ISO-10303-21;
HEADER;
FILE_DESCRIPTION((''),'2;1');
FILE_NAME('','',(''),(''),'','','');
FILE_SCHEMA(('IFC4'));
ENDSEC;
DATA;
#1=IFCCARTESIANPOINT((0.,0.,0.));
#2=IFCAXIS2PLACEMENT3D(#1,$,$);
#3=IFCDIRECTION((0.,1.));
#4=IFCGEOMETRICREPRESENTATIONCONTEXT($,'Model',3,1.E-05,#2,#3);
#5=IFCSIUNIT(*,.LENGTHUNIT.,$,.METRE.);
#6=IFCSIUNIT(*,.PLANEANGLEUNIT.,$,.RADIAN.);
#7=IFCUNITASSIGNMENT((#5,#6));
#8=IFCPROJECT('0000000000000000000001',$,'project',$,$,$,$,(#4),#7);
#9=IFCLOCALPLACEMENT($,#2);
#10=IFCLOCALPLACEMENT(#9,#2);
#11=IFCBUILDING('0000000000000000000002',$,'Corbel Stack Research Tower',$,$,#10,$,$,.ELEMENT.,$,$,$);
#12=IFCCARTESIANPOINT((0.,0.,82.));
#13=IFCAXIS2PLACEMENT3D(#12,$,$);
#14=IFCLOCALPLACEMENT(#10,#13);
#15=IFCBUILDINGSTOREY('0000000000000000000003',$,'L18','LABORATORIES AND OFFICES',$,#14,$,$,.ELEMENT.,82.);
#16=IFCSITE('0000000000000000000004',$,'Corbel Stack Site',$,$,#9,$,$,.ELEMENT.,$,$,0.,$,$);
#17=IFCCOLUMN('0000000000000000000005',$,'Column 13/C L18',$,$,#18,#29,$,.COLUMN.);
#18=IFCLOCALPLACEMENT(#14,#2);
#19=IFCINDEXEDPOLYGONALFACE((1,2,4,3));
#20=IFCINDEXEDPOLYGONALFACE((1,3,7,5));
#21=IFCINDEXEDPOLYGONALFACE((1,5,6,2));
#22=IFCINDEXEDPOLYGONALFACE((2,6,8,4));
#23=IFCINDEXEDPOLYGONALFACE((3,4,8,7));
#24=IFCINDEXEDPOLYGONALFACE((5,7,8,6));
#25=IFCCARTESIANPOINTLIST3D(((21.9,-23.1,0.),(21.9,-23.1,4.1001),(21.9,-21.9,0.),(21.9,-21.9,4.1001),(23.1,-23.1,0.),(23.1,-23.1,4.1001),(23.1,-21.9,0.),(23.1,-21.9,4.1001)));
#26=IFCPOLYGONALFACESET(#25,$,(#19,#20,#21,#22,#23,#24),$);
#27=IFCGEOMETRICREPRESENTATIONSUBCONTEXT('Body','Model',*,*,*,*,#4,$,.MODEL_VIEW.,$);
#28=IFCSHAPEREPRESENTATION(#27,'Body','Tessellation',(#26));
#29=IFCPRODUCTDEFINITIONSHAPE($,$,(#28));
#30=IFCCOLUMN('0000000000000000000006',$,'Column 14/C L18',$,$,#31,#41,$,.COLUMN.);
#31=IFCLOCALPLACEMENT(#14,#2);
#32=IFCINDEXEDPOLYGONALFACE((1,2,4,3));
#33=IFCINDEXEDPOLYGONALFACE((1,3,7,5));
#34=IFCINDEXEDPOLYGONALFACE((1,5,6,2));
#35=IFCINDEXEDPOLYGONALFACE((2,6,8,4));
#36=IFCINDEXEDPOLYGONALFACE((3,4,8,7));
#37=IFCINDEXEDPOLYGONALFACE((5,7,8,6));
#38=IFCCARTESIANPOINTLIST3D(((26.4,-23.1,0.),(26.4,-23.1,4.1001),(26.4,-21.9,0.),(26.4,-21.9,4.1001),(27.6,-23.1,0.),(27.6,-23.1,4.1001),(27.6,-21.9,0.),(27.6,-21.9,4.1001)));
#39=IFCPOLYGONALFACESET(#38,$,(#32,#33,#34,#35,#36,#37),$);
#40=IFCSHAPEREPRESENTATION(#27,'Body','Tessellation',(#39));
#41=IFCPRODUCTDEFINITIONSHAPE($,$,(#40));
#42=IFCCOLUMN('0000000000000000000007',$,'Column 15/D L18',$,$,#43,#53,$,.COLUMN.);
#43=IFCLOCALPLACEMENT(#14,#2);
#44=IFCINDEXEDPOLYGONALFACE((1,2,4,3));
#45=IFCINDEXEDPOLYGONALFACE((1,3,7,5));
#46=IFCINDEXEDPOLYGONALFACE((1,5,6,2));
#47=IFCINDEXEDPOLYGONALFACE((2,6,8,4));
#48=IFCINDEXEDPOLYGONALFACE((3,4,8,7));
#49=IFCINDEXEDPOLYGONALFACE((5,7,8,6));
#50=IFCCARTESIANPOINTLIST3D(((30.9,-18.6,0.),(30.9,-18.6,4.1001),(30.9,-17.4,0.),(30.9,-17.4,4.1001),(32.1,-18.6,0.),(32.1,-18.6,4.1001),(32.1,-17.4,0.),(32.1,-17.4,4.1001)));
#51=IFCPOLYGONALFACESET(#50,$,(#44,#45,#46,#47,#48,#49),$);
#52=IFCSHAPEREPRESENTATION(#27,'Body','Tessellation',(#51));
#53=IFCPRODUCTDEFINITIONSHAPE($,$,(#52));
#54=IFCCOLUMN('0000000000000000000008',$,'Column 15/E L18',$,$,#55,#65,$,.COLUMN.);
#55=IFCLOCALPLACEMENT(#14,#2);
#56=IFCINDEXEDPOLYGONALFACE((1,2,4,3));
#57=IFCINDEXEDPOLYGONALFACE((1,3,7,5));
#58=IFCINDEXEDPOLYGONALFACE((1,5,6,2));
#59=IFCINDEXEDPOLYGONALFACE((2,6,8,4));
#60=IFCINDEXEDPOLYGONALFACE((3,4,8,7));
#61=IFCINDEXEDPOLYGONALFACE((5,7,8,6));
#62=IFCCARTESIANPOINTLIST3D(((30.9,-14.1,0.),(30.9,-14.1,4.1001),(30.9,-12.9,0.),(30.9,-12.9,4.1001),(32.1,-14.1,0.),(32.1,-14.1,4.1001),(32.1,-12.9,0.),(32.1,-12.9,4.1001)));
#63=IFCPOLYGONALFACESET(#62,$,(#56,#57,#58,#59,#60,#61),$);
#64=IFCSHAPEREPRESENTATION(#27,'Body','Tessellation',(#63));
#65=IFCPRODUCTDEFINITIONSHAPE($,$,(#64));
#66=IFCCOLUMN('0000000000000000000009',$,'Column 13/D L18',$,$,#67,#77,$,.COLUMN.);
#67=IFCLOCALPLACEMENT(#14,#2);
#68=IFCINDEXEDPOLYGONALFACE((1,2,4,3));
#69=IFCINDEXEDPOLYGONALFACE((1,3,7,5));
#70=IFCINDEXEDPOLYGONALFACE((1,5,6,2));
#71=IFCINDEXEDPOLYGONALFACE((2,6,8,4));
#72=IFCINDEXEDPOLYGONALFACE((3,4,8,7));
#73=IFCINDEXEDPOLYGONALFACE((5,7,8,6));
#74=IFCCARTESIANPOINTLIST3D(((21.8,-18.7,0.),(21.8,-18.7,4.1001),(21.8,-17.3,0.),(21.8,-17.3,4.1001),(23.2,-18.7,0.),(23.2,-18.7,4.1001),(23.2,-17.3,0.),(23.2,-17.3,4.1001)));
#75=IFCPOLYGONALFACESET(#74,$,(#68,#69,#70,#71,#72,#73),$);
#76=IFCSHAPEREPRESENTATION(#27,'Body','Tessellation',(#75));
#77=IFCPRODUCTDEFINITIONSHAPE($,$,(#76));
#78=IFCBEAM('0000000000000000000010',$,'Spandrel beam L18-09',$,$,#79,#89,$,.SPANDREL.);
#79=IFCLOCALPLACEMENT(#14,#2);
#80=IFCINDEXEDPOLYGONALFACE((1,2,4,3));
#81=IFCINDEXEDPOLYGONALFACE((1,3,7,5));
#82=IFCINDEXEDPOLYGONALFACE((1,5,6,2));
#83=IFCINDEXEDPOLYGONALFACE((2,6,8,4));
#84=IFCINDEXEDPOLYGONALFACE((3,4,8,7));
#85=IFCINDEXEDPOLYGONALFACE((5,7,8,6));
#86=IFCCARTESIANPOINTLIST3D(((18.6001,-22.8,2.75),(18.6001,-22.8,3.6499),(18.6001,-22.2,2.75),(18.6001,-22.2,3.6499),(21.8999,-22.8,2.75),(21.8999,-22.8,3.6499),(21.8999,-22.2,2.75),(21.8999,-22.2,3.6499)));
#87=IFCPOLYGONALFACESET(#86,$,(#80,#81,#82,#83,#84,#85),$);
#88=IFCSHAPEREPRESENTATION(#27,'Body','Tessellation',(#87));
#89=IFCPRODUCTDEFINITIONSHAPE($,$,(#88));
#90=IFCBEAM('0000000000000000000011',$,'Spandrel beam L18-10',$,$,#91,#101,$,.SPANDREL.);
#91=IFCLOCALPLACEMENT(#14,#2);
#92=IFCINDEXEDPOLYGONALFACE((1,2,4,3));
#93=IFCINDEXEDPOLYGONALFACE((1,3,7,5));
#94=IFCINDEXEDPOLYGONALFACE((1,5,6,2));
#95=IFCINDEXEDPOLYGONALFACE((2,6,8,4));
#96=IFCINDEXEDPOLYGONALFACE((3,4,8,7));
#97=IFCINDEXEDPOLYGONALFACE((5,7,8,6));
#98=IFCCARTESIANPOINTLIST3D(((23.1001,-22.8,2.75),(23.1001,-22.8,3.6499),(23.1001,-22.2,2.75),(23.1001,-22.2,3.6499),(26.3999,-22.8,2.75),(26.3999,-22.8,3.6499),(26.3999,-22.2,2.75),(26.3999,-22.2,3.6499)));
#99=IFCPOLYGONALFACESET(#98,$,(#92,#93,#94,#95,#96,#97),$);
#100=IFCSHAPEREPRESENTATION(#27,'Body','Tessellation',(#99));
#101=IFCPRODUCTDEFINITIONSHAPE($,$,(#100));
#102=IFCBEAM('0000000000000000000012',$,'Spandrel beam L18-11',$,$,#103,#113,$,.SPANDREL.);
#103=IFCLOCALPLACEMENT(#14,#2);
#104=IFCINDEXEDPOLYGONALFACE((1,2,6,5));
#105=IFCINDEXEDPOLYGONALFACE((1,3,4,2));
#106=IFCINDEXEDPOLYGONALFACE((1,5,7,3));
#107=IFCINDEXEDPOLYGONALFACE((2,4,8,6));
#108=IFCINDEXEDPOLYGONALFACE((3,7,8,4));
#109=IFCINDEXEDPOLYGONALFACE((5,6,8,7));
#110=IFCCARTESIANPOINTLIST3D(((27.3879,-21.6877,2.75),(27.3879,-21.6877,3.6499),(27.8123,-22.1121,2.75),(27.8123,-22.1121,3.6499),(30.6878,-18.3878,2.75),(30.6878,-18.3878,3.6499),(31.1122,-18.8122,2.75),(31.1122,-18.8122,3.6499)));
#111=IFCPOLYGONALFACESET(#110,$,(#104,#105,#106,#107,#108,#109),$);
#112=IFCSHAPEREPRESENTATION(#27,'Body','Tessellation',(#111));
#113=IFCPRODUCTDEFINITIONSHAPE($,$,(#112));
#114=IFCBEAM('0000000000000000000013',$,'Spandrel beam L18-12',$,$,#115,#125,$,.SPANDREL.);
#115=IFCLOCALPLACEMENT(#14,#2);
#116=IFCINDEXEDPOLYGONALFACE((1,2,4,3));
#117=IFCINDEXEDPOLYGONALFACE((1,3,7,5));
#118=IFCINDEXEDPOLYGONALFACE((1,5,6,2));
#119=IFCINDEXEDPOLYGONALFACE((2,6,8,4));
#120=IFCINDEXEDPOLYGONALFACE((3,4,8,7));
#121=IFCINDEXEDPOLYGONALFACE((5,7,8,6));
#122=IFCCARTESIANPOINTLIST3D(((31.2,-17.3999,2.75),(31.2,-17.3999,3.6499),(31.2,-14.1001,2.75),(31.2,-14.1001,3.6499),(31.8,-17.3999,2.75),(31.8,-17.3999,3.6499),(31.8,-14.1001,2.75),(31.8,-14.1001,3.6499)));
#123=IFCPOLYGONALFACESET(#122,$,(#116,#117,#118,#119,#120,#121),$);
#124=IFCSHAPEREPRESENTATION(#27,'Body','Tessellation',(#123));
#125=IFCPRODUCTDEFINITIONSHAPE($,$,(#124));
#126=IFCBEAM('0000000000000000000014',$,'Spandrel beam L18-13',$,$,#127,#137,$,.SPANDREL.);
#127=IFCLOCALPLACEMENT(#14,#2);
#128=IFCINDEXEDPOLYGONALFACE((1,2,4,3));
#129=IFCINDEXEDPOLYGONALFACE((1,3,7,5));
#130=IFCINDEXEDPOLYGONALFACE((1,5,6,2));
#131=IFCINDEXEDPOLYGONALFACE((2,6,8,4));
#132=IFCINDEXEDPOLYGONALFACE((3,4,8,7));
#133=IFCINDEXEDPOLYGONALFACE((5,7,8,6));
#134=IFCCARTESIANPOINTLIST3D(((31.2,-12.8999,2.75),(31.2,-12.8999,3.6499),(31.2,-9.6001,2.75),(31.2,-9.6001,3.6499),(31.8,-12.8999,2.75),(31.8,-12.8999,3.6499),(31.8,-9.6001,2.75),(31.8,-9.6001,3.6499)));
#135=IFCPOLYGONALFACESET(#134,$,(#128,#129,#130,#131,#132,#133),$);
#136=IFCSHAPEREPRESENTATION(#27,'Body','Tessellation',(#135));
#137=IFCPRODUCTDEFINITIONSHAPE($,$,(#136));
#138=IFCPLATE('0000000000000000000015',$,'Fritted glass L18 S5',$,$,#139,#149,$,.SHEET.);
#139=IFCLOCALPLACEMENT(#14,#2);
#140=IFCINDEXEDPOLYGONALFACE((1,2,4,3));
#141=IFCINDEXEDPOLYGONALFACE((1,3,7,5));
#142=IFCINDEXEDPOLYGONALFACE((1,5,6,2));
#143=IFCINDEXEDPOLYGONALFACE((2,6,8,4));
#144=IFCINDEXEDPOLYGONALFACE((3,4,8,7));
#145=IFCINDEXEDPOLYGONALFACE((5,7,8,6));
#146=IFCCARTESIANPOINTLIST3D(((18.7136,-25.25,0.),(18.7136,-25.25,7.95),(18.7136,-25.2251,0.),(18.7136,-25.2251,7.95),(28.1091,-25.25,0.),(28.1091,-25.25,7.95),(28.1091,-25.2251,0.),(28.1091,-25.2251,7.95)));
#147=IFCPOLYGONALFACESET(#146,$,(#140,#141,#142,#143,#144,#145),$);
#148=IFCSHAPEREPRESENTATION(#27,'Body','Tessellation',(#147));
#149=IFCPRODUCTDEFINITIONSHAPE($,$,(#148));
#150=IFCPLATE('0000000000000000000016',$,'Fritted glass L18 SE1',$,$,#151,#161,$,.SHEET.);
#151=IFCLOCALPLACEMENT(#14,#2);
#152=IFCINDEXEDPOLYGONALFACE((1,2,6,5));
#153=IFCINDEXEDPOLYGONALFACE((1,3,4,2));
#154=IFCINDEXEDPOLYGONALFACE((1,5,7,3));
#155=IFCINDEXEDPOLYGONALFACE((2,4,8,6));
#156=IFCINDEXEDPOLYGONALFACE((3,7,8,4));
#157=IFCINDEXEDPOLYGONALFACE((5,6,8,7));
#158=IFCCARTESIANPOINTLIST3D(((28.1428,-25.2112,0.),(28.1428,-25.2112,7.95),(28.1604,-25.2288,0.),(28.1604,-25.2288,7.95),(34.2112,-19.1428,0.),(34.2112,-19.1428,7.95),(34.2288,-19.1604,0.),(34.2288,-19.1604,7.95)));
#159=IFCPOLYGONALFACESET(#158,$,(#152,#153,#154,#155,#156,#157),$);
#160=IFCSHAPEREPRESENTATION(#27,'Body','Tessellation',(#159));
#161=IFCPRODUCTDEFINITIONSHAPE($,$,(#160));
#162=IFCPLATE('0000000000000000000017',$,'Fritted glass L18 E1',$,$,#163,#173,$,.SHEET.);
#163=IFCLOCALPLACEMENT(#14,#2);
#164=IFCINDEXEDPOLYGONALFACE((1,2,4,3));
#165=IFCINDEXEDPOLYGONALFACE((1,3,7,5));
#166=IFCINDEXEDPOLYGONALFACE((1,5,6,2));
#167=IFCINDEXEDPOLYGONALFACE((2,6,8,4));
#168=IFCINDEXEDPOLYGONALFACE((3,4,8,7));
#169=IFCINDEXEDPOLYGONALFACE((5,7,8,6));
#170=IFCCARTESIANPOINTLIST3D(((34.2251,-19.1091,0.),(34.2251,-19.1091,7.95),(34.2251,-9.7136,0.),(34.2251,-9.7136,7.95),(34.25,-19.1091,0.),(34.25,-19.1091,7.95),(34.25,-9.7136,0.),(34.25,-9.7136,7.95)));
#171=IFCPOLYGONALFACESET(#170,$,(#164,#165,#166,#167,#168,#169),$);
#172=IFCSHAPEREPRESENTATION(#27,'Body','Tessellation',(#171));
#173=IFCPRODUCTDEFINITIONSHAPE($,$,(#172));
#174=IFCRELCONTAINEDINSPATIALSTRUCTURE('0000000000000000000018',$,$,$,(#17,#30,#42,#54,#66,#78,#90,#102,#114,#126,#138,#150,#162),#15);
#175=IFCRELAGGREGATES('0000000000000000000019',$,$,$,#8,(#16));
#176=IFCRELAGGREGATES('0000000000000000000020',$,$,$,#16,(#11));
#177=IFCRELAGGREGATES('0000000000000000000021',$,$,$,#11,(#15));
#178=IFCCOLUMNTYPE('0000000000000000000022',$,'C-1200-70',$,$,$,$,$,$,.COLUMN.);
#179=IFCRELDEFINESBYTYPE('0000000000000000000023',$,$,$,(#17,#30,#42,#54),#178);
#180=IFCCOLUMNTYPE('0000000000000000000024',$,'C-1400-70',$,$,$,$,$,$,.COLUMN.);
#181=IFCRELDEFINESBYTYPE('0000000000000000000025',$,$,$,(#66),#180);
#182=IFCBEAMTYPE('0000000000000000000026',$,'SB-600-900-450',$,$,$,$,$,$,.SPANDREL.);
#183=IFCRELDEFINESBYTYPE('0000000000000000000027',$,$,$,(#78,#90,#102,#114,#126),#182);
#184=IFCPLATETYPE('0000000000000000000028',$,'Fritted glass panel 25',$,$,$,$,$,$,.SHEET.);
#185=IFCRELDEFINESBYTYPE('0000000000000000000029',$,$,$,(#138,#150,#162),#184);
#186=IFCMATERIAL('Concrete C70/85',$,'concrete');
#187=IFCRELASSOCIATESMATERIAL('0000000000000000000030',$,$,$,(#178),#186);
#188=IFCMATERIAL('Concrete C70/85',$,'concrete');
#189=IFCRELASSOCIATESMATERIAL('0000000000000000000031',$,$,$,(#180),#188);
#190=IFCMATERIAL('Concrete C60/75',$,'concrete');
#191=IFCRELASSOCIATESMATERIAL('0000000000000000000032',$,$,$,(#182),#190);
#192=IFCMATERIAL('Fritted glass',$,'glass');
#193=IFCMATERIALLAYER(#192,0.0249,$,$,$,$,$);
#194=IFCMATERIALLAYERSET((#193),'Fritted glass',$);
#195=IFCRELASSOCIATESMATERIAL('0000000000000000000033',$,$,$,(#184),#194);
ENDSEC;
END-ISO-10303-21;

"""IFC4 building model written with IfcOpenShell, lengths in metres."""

from ifc_helpers import new_model, si_unit, direction, frame, origin, origin_2d, place, context, subcontext, project, spatial, rectangle, extrude, material, layer, layer_set, material_profile, profile_set, type_object, element, save


model = new_model("IFC4")

# Units and contexts
model_context = context("Model", 3, precision=1e-05, world=origin(), true_north=direction((0.0, 1.0)))
body_context = subcontext(model_context, "Body", "Model", "MODEL_VIEW")
ifc_project = project(units=[si_unit("LENGTHUNIT", "METRE"), si_unit("PLANEANGLEUNIT", "RADIAN")], contexts=[model_context])

# Site, building, storey
site_placement = place(None, origin())
site = spatial("IfcSite", under=ifc_project, at=site_placement, Name="Corbel Stack Site", CompositionType="ELEMENT", RefElevation=0.0)
building_placement = place(site_placement, origin())
building = spatial("IfcBuilding", under=site, at=building_placement, Name="Corbel Stack Research Tower", CompositionType="ELEMENT")
storey_placement = place(building_placement, frame((0.0, 0.0, 82.0)))
storey = spatial("IfcBuildingStorey", under=building, at=storey_placement, Name="L18", Description="LABORATORIES AND OFFICES", CompositionType="ELEMENT", Elevation=82.0)

# Columns
ifc_material_1 = material(Name="Concrete C70/85", Category="concrete")
ifc_material_profile_1 = material_profile(ifc_material_1, rectangle(XDim=1.2, YDim=1.2, at=origin_2d()), Name="RC 1200 x 1200")
ifc_profile_set_1 = profile_set([ifc_material_profile_1], Name="Concrete C70/85")
column_type_1 = type_object("IfcColumnType", Name="C-1200-70", PredefinedType="COLUMN", material=ifc_profile_set_1)
for number, where, z_axis, x_axis, name in (
    (1, (22.5, -22.5, 0.0), (0.0, 0.0, 1.0), (1.0, 0.0, 0.0), "Column 13/C L18"),
    (2, (27.0, -22.5, 0.0), (0.0, 0.0, 1.0), (1.0, 0.0, 0.0), "Column 14/C L18"),
    (3, (31.5, -18.0, 0.0), (0.0, 0.0, 1.0), (1.0, 0.0, 0.0), "Column 15/D L18"),
    (4, (31.5, -13.5, 0.0), (0.0, 0.0, 1.0), (1.0, 0.0, 0.0), "Column 15/E L18"),
):
    element("IfcColumn", number, at=place(storey_placement, frame(where, z_axis=z_axis, x_axis=x_axis)), inside=storey, type_object=column_type_1, Name=name, PredefinedType="COLUMN", context=body_context, shape_type="SweptSolid", body=[
        extrude(rectangle(XDim=1.2, YDim=1.2, at=origin_2d()), origin(), (0.0, 0.0, 1.0), 4.1001),
    ])
ifc_material_2 = material(Name="Concrete C70/85", Category="concrete")
ifc_material_profile_2 = material_profile(ifc_material_2, rectangle(XDim=1.3999, YDim=1.3999, at=origin_2d()), Name="RC 1400 x 1400")
ifc_profile_set_2 = profile_set([ifc_material_profile_2], Name="Concrete C70/85")
column_type_2 = type_object("IfcColumnType", Name="C-1400-70", PredefinedType="COLUMN", material=ifc_profile_set_2)
column_placement = place(storey_placement, frame((22.5, -18.0, 0.0), z_axis=(0.0, 0.0, 1.0), x_axis=(1.0, 0.0, 0.0)))
element("IfcColumn", 5, at=column_placement, inside=storey, type_object=column_type_2, Name="Column 13/D L18", PredefinedType="COLUMN", context=body_context, shape_type="SweptSolid", body=[
    extrude(rectangle(XDim=1.3999, YDim=1.3999, at=origin_2d()), origin(), (0.0, 0.0, 1.0), 4.1001),
])

# Beams
ifc_material_3 = material(Name="Concrete C60/75", Category="concrete")
ifc_material_profile_3 = material_profile(ifc_material_3, rectangle(XDim=0.6001, YDim=0.8999, at=origin_2d()), Name="RC 600 x 900")
ifc_profile_set_3 = profile_set([ifc_material_profile_3], Name="Concrete C60/75")
beam_type = type_object("IfcBeamType", Name="SB-600-900-450", PredefinedType="SPANDREL", material=ifc_profile_set_3)
for number, where, z_axis, x_axis, name in (
    (6, (18.6001, -22.5, 3.2), (1.0, 0.0, 0.0), (0.0, 1.0, 0.0), "Spandrel beam L18-09"),
    (7, (23.1001, -22.5, 3.2), (1.0, 0.0, 0.0), (0.0, 1.0, 0.0), "Spandrel beam L18-10"),
):
    element("IfcBeam", number, at=place(storey_placement, frame(where, z_axis=z_axis, x_axis=x_axis)), inside=storey, type_object=beam_type, Name=name, PredefinedType="SPANDREL", context=body_context, shape_type="SweptSolid", body=[
        extrude(rectangle(XDim=0.6001, YDim=0.8999, at=origin_2d()), origin(), (0.0, 0.0, 1.0), 3.2998),
    ])
beam_placement = place(storey_placement, frame((27.6001, -21.8999, 3.2), z_axis=(0.707107, 0.707107, 0.0), x_axis=(-0.707107, 0.707107, 0.0)))
element("IfcBeam", 8, at=beam_placement, inside=storey, type_object=beam_type, Name="Spandrel beam L18-11", PredefinedType="SPANDREL", context=body_context, shape_type="SweptSolid", body=[
    extrude(rectangle(XDim=0.6001, YDim=0.8999, at=origin_2d()), origin(), (0.0, 0.0, 1.0), 4.6667),
])
for number, where, z_axis, x_axis, name in (
    (9, (31.5, -17.3999, 3.2), (0.0, 1.0, 0.0), (-1.0, 0.0, 0.0), "Spandrel beam L18-12"),
    (10, (31.5, -12.8999, 3.2), (0.0, 1.0, 0.0), (-1.0, 0.0, 0.0), "Spandrel beam L18-13"),
):
    element("IfcBeam", number, at=place(storey_placement, frame(where, z_axis=z_axis, x_axis=x_axis)), inside=storey, type_object=beam_type, Name=name, PredefinedType="SPANDREL", context=body_context, shape_type="SweptSolid", body=[
        extrude(rectangle(XDim=0.6001, YDim=0.8999, at=origin_2d()), origin(), (0.0, 0.0, 1.0), 3.2998),
    ])

# Plates
ifc_material_4 = material(Name="Fritted glass", Category="glass")
ifc_layer_1 = layer(ifc_material_4, 0.0249)
ifc_layer_set_1 = layer_set([ifc_layer_1], Name="Fritted glass")
plate_type = type_object("IfcPlateType", Name="Fritted glass panel 25", PredefinedType="SHEET", material=ifc_layer_set_1)
plate_1_placement = place(storey_placement, frame((23.4114, -25.2375, 0.0), z_axis=(0.0, 0.0, 1.0), x_axis=(1.0, 0.0, 0.0)))
element("IfcPlate", 11, at=plate_1_placement, inside=storey, type_object=plate_type, Name="Fritted glass L18 S5", PredefinedType="SHEET", context=body_context, shape_type="SweptSolid", body=[
    extrude(rectangle(XDim=9.3955, YDim=0.0249, at=origin_2d()), origin(), (0.0, 0.0, 1.0), 7.95),
])
plate_2_placement = place(storey_placement, frame((31.1858, -22.1858, 0.0), z_axis=(0.0, 0.0, 1.0), x_axis=(0.707107, 0.707107, 0.0)))
element("IfcPlate", 12, at=plate_2_placement, inside=storey, type_object=plate_type, Name="Fritted glass L18 SE1", PredefinedType="SHEET", context=body_context, shape_type="SweptSolid", body=[
    extrude(rectangle(XDim=8.582, YDim=0.0249, at=origin_2d()), origin(), (0.0, 0.0, 1.0), 7.95),
])
plate_3_placement = place(storey_placement, frame((34.2375, -14.4114, 0.0), z_axis=(0.0, 0.0, 1.0), x_axis=(0.0, 1.0, 0.0)))
element("IfcPlate", 13, at=plate_3_placement, inside=storey, type_object=plate_type, Name="Fritted glass L18 E1", PredefinedType="SHEET", context=body_context, shape_type="SweptSolid", body=[
    extrude(rectangle(XDim=9.3955, YDim=0.0249, at=origin_2d()), origin(), (0.0, 0.0, 1.0), 7.95),
])

save(model, "model.ifc")
